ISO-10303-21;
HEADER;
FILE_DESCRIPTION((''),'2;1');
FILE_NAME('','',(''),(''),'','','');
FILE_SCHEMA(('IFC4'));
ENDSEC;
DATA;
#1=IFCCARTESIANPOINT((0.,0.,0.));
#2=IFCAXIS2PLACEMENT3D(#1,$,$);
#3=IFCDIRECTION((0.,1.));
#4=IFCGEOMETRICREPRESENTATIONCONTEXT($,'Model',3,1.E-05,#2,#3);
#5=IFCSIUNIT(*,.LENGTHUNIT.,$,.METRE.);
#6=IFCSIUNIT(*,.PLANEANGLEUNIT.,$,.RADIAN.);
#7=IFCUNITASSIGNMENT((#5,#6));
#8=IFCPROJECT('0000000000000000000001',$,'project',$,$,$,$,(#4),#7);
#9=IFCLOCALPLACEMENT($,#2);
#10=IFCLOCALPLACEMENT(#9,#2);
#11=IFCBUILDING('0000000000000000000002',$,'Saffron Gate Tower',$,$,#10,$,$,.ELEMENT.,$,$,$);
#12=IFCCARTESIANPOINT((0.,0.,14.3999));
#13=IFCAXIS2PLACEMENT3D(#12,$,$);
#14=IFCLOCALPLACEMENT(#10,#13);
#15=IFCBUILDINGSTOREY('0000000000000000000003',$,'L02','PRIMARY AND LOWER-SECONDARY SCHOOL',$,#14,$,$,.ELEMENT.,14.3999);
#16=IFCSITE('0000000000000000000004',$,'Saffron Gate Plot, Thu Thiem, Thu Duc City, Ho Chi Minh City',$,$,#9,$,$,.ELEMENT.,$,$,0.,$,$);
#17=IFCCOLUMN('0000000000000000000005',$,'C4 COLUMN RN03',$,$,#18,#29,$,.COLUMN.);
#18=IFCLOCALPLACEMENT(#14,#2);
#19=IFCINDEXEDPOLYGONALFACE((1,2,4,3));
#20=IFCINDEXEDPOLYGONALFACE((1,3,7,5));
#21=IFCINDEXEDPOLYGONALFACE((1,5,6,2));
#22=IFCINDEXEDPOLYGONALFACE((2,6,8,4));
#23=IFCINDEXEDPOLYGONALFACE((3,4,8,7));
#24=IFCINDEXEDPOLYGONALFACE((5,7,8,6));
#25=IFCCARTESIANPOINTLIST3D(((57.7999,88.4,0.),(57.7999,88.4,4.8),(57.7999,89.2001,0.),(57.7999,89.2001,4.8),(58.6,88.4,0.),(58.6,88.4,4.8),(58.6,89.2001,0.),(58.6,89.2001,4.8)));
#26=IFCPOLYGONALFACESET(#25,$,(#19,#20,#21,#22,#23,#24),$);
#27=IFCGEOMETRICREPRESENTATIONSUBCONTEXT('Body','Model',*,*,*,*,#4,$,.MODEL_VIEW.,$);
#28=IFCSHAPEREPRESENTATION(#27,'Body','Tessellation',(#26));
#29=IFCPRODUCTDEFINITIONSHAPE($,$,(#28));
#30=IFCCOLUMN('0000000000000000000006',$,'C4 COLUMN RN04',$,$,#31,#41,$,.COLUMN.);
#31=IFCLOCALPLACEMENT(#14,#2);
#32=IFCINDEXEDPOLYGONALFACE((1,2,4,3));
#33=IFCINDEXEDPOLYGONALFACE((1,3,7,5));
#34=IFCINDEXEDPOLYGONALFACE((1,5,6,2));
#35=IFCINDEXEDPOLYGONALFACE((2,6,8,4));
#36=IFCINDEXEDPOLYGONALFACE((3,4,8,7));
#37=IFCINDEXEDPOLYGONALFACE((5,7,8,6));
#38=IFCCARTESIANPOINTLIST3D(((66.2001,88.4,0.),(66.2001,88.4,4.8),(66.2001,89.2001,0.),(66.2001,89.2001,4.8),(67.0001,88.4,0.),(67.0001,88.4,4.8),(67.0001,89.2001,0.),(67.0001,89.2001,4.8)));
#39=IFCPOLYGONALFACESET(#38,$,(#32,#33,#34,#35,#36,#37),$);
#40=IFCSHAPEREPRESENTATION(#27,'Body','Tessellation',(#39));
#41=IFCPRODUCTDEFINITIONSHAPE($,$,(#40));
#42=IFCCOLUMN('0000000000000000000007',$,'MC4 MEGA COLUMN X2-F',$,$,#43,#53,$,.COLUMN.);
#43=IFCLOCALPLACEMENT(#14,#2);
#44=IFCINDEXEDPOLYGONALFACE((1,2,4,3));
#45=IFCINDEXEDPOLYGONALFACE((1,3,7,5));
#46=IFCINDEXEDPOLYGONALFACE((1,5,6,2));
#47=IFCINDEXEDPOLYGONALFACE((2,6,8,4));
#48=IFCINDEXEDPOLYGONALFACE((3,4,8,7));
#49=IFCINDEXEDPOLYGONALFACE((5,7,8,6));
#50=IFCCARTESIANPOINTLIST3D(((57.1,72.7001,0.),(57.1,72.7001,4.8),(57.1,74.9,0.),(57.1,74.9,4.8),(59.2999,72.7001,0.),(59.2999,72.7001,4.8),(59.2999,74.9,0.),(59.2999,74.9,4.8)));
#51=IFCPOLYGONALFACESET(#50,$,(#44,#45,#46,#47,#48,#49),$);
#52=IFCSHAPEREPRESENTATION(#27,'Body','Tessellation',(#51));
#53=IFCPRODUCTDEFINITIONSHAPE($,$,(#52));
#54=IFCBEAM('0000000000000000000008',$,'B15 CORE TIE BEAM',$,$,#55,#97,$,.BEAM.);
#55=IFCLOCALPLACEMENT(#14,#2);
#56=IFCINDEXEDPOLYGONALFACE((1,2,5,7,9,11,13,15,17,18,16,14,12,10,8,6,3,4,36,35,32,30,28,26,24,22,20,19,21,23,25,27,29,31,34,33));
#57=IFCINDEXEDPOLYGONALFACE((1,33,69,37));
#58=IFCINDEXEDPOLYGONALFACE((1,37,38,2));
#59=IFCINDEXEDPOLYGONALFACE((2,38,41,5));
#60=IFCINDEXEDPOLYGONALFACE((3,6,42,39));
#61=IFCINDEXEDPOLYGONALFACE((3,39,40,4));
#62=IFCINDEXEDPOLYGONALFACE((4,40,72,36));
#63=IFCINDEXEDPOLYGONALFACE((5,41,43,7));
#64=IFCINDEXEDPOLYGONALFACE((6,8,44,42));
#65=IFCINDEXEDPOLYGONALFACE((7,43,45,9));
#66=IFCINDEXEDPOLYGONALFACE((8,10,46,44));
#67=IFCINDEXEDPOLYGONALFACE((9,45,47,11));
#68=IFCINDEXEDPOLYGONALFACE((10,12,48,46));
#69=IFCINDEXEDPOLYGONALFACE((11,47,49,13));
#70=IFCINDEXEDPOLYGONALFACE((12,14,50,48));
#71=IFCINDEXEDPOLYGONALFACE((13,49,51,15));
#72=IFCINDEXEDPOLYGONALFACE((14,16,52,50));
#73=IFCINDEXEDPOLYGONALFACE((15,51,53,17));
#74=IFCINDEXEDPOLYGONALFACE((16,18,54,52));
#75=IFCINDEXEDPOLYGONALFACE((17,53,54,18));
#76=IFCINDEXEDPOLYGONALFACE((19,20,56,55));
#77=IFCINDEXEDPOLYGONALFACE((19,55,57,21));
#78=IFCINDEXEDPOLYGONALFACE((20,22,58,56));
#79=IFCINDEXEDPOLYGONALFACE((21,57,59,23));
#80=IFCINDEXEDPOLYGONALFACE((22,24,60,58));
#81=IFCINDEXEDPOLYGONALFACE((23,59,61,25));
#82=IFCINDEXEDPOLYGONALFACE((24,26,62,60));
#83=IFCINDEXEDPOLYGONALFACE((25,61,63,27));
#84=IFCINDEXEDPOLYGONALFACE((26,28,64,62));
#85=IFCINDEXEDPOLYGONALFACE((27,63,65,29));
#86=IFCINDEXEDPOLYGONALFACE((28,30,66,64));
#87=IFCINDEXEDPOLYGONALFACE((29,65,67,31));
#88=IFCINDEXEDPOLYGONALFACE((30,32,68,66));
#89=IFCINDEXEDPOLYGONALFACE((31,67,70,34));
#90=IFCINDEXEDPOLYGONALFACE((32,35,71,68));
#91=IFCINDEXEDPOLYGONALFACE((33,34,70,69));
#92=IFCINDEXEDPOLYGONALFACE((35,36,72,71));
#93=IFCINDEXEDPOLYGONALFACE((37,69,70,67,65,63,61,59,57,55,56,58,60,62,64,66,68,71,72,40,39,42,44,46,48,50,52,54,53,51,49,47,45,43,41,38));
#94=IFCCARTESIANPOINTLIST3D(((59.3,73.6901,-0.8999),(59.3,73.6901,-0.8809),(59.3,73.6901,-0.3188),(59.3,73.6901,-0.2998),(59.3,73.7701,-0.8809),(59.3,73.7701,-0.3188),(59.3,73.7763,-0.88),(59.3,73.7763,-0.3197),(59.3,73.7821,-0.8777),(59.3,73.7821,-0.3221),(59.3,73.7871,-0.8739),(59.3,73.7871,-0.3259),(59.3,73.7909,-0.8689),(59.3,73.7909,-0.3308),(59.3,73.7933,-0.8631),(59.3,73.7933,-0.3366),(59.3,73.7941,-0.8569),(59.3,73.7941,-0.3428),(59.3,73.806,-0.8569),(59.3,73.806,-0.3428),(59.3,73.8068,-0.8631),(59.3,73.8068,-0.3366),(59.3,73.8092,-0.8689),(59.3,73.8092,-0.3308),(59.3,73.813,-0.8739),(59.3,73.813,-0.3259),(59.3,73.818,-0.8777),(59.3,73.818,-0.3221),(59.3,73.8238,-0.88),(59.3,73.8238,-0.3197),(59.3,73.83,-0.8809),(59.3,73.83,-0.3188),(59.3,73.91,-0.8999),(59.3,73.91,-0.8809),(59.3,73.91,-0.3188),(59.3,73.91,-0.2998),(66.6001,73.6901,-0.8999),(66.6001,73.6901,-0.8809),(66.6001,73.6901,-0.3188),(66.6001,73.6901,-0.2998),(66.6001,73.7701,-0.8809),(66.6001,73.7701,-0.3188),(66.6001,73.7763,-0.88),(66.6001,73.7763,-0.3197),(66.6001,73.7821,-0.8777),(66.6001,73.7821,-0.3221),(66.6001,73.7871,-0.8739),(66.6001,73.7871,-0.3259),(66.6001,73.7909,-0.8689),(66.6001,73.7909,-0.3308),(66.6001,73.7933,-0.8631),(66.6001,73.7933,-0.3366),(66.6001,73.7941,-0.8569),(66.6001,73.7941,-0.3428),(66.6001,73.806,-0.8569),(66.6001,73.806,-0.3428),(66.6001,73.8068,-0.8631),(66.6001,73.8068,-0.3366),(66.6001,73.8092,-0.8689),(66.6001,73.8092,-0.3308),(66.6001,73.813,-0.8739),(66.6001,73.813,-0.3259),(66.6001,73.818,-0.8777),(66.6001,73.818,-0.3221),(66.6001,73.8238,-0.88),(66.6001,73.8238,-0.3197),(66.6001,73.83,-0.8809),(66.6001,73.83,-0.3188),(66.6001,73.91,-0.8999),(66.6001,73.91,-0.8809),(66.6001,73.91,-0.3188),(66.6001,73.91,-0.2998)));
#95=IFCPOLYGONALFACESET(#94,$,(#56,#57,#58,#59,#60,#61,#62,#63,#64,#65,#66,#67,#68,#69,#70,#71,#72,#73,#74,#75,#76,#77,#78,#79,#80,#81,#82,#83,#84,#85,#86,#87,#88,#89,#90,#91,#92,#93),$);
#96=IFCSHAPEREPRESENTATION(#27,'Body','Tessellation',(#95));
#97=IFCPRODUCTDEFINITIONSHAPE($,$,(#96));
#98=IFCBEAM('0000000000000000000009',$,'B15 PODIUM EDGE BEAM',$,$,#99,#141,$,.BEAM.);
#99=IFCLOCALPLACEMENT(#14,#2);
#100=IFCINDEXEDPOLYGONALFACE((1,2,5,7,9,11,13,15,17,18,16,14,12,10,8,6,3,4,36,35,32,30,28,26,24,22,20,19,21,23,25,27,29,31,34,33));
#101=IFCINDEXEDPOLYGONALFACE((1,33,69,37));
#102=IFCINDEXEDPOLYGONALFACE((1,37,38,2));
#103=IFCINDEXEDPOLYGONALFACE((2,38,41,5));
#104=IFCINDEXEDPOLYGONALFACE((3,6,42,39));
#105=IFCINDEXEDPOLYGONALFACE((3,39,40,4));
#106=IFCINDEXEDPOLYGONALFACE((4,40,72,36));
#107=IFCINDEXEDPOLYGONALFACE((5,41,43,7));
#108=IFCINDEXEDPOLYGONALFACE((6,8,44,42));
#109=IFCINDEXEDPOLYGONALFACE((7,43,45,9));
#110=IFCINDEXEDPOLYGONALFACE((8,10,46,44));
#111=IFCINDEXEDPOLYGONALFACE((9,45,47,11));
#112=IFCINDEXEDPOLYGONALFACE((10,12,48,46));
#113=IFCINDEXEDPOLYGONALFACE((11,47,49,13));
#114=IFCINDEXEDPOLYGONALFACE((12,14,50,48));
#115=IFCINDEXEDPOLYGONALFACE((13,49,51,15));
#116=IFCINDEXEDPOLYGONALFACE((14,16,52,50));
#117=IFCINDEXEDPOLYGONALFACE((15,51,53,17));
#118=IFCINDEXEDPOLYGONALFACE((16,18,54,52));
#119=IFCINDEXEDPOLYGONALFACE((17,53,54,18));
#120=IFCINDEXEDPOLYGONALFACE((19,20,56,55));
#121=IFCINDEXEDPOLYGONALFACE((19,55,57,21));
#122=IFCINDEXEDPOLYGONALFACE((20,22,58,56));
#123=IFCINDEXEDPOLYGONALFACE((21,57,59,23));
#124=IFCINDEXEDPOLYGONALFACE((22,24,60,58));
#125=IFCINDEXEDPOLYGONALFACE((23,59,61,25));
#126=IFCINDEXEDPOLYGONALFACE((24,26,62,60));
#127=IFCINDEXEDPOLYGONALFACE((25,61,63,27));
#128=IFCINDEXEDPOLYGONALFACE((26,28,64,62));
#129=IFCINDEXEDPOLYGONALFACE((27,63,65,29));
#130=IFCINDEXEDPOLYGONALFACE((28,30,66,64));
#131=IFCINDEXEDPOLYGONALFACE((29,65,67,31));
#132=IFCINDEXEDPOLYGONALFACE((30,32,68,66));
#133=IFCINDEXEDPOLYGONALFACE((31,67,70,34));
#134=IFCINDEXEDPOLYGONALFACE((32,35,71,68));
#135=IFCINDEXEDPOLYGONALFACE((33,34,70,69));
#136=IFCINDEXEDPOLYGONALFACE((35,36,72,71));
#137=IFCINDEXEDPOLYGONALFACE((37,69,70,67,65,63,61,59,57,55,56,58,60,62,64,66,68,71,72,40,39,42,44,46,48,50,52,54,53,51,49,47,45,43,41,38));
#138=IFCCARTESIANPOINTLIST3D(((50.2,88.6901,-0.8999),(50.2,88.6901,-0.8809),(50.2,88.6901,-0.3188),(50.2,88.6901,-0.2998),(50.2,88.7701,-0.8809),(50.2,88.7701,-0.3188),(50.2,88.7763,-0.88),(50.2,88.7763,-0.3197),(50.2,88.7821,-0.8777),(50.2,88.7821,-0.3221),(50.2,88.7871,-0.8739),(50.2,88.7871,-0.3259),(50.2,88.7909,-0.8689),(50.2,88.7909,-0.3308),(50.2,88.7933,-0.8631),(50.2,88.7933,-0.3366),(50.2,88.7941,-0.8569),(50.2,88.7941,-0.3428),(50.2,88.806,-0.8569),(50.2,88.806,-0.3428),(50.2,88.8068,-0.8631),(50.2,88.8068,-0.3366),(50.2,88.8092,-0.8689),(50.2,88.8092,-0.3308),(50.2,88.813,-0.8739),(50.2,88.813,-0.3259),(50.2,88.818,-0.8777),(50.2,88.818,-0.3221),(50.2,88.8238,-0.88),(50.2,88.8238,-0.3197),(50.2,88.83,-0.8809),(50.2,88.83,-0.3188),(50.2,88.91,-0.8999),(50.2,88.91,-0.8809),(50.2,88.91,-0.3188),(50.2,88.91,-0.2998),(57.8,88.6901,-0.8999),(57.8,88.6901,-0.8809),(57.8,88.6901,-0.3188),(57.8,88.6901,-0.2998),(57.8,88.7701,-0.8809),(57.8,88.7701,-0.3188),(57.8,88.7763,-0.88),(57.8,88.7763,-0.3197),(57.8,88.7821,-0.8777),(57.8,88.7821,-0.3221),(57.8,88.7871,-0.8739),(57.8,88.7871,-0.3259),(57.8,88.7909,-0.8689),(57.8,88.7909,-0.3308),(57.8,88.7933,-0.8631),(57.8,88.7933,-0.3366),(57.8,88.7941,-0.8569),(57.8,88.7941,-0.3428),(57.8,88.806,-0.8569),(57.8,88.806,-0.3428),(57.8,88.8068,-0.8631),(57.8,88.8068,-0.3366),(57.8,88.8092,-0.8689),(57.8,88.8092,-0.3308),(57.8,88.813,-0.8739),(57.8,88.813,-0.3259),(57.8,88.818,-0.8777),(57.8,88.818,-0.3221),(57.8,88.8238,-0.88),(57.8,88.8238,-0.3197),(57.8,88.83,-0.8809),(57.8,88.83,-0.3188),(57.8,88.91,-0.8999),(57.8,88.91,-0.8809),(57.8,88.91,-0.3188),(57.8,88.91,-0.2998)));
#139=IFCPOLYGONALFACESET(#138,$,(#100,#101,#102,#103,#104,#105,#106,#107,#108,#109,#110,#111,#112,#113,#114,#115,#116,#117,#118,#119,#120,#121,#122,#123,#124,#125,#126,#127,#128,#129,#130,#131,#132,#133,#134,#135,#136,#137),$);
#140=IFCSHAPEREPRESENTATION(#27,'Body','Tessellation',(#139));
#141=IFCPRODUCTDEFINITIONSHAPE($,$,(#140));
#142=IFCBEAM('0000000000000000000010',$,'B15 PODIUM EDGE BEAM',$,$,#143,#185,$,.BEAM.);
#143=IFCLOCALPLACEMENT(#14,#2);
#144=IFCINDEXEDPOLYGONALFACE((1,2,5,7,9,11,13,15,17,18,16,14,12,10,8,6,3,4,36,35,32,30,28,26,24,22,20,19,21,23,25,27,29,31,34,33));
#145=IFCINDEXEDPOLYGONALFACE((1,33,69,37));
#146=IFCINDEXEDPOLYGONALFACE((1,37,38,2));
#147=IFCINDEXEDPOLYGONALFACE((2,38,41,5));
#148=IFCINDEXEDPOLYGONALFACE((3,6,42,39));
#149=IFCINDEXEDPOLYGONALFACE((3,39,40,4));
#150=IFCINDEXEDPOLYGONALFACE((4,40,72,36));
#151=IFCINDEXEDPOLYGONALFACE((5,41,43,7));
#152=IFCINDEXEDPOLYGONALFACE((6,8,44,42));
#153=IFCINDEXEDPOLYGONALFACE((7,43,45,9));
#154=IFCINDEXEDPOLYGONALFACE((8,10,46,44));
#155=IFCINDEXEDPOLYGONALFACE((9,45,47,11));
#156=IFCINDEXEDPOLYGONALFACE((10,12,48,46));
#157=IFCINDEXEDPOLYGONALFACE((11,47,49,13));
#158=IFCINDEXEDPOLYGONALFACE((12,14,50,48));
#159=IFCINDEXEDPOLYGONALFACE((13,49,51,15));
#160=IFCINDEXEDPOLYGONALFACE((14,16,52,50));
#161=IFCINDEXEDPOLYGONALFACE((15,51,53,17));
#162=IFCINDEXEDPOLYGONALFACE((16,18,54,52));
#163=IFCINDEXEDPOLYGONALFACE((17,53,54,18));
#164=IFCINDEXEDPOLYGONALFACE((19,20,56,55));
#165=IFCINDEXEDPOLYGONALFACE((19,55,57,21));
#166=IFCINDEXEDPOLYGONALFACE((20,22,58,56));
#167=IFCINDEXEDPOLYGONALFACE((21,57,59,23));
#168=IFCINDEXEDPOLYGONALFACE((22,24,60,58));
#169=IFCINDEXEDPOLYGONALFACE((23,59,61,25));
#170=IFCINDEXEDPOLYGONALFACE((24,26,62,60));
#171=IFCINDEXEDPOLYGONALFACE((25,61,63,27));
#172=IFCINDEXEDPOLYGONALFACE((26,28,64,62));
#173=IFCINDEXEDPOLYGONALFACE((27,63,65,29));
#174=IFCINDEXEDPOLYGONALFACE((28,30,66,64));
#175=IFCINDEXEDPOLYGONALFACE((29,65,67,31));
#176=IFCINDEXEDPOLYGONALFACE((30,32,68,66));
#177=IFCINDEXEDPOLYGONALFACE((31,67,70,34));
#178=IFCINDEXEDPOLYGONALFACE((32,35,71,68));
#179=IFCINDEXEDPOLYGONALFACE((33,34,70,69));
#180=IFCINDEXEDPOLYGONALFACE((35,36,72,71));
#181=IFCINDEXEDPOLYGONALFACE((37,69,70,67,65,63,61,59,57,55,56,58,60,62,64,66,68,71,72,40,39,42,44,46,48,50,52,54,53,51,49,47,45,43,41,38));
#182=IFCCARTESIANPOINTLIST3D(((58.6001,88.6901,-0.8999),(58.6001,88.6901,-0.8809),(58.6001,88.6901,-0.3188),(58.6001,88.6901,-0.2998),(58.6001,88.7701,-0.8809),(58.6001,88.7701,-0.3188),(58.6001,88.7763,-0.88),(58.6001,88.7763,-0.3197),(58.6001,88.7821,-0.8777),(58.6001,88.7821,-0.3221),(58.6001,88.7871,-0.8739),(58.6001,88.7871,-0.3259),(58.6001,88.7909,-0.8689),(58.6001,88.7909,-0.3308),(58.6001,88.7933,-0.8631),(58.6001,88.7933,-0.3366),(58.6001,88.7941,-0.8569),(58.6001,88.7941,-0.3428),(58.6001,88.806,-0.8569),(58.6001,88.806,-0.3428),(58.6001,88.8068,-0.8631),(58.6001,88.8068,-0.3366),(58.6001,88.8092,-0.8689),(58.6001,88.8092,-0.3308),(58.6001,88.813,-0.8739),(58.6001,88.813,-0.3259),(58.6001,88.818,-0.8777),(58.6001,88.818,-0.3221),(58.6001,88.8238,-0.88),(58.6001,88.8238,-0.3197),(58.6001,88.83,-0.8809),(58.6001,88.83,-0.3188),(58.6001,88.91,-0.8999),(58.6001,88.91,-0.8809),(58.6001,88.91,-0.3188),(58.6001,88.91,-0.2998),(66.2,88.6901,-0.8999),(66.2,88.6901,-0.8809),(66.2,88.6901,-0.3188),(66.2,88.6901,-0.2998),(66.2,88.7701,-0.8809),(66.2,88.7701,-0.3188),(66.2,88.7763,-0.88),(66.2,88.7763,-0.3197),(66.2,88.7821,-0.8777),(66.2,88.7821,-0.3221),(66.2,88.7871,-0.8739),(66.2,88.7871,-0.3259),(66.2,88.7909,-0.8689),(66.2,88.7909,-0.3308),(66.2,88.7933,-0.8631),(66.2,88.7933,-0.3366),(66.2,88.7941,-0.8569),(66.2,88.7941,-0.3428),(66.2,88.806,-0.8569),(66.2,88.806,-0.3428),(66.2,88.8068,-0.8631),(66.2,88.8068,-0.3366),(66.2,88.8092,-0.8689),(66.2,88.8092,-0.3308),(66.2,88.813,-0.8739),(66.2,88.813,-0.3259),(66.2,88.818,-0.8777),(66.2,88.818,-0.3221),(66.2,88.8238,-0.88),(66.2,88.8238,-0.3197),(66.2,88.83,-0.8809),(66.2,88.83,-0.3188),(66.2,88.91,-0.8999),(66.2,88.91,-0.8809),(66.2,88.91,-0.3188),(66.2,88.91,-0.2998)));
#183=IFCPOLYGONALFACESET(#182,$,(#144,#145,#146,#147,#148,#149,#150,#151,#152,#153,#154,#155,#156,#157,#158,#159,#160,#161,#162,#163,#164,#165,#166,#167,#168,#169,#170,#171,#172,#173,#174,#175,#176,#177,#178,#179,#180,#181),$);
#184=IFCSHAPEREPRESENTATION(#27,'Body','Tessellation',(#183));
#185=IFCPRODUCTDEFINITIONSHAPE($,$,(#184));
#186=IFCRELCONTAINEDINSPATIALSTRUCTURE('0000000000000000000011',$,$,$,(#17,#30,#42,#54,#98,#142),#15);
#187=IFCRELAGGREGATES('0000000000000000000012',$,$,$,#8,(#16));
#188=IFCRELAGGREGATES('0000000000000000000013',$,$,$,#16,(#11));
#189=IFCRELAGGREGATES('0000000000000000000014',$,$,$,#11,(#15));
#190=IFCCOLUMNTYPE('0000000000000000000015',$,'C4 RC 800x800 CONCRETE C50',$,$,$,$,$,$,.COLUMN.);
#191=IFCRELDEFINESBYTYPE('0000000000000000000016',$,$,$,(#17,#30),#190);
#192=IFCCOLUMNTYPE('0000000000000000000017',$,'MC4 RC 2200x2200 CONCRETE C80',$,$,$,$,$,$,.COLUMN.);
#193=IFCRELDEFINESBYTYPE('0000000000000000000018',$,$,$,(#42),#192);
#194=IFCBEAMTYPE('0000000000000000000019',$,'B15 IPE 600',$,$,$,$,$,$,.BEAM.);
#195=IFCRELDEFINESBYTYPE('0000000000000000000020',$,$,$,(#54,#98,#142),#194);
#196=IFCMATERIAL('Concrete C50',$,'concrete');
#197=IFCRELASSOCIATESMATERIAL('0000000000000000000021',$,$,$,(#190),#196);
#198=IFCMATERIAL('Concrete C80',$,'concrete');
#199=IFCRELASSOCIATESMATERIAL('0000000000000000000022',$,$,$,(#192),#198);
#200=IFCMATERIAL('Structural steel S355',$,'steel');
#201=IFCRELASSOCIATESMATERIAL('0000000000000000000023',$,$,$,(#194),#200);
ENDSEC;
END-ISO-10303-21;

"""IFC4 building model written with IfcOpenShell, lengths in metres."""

from ifc_helpers import new_model, si_unit, direction, frame, origin, origin_2d, place, context, subcontext, project, spatial, rectangle, i_section, extrude, material, material_profile, profile_set, type_object, element, save


model = new_model("IFC4")

# Units and contexts
model_context = context("Model", 3, precision=1e-05, world=origin(), true_north=direction((0.0, 1.0)))
body_context = subcontext(model_context, "Body", "Model", "MODEL_VIEW")
ifc_project = project(units=[si_unit("LENGTHUNIT", "METRE"), si_unit("PLANEANGLEUNIT", "RADIAN")], contexts=[model_context])

# Site, building, storey
site_placement = place(None, origin())
site = spatial("IfcSite", under=ifc_project, at=site_placement, Name="Saffron Gate Plot, Thu Thiem, Thu Duc City, Ho Chi Minh City", CompositionType="ELEMENT", RefElevation=0.0)
building_placement = place(site_placement, origin())
building = spatial("IfcBuilding", under=site, at=building_placement, Name="Saffron Gate Tower", CompositionType="ELEMENT")
storey_placement = place(building_placement, frame((0.0, 0.0, 14.3999)))
storey = spatial("IfcBuildingStorey", under=building, at=storey_placement, Name="L02", Description="PRIMARY AND LOWER-SECONDARY SCHOOL", CompositionType="ELEMENT", Elevation=14.3999)

# Columns
ifc_material_1 = material(Name="Concrete C50", Category="concrete")
ifc_material_profile_1 = material_profile(ifc_material_1, rectangle(XDim=0.8, YDim=0.8, at=origin_2d()))
ifc_profile_set_1 = profile_set([ifc_material_profile_1], Name="Concrete C50")
column_type_1 = type_object("IfcColumnType", Name="C4 RC 800x800 CONCRETE C50", PredefinedType="COLUMN", material=ifc_profile_set_1)
for number, where, z_axis, x_axis, name in (
    (1, (58.2, 88.8, 0.0), (0.0, 0.0, 1.0), (1.0, 0.0, 0.0), "C4 COLUMN RN03"),
    (2, (66.6001, 88.8, 0.0), (0.0, 0.0, 1.0), (1.0, 0.0, 0.0), "C4 COLUMN RN04"),
):
    element("IfcColumn", number, at=place(storey_placement, frame(where, z_axis=z_axis, x_axis=x_axis)), inside=storey, type_object=column_type_1, Name=name, PredefinedType="COLUMN", context=body_context, shape_type="SweptSolid", body=[
        extrude(rectangle(XDim=0.8, YDim=0.8, at=origin_2d()), origin(), (0.0, 0.0, 1.0), 4.8),
    ])
ifc_material_2 = material(Name="Concrete C80", Category="concrete")
ifc_material_profile_2 = material_profile(ifc_material_2, rectangle(XDim=2.2, YDim=2.2, at=origin_2d()))
ifc_profile_set_2 = profile_set([ifc_material_profile_2], Name="Concrete C80")
column_type_2 = type_object("IfcColumnType", Name="MC4 RC 2200x2200 CONCRETE C80", PredefinedType="COLUMN", material=ifc_profile_set_2)
column_placement = place(storey_placement, frame((58.2, 73.8, 0.0), z_axis=(0.0, 0.0, 1.0), x_axis=(1.0, 0.0, 0.0)))
element("IfcColumn", 3, at=column_placement, inside=storey, type_object=column_type_2, Name="MC4 MEGA COLUMN X2-F", PredefinedType="COLUMN", context=body_context, shape_type="SweptSolid", body=[
    extrude(rectangle(XDim=2.2, YDim=2.2, at=origin_2d()), origin(), (0.0, 0.0, 1.0), 4.8),
])

# Beams
ifc_material_3 = material(Name="Structural steel S355", Category="steel")
ifc_material_profile_3 = material_profile(ifc_material_3, i_section(OverallWidth=0.22, OverallDepth=0.6001, WebThickness=0.012, FlangeThickness=0.019, FilletRadius=0.0239, at=origin_2d()))
ifc_profile_set_3 = profile_set([ifc_material_profile_3], Name="Structural steel S355")
beam_type_1 = type_object("IfcBeamType", Name="B15 IPE 600", PredefinedType="BEAM", material=ifc_profile_set_3)
beam_1_placement = place(storey_placement, frame((59.3, 73.8, -0.5999), z_axis=(1.0, 0.0, 0.0), x_axis=(0.0, 1.0, 0.0)))
element("IfcBeam", 4, at=beam_1_placement, inside=storey, type_object=beam_type_1, Name="B15 CORE TIE BEAM", PredefinedType="BEAM", context=body_context, shape_type="SweptSolid", body=[
    extrude(i_section(OverallWidth=0.22, OverallDepth=0.6001, WebThickness=0.012, FlangeThickness=0.019, FilletRadius=0.0239, at=origin_2d()), origin(), (0.0, 0.0, 1.0), 7.3),
])
beam_2_placement = place(storey_placement, frame((50.2, 88.8, -0.5999), z_axis=(1.0, 0.0, 0.0), x_axis=(0.0, 1.0, 0.0)))
element("IfcBeam", 5, at=beam_2_placement, inside=storey, type_object=beam_type_1, Name="B15 PODIUM EDGE BEAM", PredefinedType="BEAM", context=body_context, shape_type="SweptSolid", body=[
    extrude(i_section(OverallWidth=0.22, OverallDepth=0.6001, WebThickness=0.012, FlangeThickness=0.019, FilletRadius=0.0239, at=origin_2d()), origin(), (0.0, 0.0, 1.0), 7.6001),
])
beam_3_placement = place(storey_placement, frame((58.6001, 88.8, -0.5999), z_axis=(1.0, 0.0, 0.0), x_axis=(0.0, 1.0, 0.0)))
element("IfcBeam", 6, at=beam_3_placement, inside=storey, type_object=beam_type_1, Name="B15 PODIUM EDGE BEAM", PredefinedType="BEAM", context=body_context, shape_type="SweptSolid", body=[
    extrude(i_section(OverallWidth=0.22, OverallDepth=0.6001, WebThickness=0.012, FlangeThickness=0.019, FilletRadius=0.0239, at=origin_2d()), origin(), (0.0, 0.0, 1.0), 7.5999),
])

save(model, "model.ifc")
